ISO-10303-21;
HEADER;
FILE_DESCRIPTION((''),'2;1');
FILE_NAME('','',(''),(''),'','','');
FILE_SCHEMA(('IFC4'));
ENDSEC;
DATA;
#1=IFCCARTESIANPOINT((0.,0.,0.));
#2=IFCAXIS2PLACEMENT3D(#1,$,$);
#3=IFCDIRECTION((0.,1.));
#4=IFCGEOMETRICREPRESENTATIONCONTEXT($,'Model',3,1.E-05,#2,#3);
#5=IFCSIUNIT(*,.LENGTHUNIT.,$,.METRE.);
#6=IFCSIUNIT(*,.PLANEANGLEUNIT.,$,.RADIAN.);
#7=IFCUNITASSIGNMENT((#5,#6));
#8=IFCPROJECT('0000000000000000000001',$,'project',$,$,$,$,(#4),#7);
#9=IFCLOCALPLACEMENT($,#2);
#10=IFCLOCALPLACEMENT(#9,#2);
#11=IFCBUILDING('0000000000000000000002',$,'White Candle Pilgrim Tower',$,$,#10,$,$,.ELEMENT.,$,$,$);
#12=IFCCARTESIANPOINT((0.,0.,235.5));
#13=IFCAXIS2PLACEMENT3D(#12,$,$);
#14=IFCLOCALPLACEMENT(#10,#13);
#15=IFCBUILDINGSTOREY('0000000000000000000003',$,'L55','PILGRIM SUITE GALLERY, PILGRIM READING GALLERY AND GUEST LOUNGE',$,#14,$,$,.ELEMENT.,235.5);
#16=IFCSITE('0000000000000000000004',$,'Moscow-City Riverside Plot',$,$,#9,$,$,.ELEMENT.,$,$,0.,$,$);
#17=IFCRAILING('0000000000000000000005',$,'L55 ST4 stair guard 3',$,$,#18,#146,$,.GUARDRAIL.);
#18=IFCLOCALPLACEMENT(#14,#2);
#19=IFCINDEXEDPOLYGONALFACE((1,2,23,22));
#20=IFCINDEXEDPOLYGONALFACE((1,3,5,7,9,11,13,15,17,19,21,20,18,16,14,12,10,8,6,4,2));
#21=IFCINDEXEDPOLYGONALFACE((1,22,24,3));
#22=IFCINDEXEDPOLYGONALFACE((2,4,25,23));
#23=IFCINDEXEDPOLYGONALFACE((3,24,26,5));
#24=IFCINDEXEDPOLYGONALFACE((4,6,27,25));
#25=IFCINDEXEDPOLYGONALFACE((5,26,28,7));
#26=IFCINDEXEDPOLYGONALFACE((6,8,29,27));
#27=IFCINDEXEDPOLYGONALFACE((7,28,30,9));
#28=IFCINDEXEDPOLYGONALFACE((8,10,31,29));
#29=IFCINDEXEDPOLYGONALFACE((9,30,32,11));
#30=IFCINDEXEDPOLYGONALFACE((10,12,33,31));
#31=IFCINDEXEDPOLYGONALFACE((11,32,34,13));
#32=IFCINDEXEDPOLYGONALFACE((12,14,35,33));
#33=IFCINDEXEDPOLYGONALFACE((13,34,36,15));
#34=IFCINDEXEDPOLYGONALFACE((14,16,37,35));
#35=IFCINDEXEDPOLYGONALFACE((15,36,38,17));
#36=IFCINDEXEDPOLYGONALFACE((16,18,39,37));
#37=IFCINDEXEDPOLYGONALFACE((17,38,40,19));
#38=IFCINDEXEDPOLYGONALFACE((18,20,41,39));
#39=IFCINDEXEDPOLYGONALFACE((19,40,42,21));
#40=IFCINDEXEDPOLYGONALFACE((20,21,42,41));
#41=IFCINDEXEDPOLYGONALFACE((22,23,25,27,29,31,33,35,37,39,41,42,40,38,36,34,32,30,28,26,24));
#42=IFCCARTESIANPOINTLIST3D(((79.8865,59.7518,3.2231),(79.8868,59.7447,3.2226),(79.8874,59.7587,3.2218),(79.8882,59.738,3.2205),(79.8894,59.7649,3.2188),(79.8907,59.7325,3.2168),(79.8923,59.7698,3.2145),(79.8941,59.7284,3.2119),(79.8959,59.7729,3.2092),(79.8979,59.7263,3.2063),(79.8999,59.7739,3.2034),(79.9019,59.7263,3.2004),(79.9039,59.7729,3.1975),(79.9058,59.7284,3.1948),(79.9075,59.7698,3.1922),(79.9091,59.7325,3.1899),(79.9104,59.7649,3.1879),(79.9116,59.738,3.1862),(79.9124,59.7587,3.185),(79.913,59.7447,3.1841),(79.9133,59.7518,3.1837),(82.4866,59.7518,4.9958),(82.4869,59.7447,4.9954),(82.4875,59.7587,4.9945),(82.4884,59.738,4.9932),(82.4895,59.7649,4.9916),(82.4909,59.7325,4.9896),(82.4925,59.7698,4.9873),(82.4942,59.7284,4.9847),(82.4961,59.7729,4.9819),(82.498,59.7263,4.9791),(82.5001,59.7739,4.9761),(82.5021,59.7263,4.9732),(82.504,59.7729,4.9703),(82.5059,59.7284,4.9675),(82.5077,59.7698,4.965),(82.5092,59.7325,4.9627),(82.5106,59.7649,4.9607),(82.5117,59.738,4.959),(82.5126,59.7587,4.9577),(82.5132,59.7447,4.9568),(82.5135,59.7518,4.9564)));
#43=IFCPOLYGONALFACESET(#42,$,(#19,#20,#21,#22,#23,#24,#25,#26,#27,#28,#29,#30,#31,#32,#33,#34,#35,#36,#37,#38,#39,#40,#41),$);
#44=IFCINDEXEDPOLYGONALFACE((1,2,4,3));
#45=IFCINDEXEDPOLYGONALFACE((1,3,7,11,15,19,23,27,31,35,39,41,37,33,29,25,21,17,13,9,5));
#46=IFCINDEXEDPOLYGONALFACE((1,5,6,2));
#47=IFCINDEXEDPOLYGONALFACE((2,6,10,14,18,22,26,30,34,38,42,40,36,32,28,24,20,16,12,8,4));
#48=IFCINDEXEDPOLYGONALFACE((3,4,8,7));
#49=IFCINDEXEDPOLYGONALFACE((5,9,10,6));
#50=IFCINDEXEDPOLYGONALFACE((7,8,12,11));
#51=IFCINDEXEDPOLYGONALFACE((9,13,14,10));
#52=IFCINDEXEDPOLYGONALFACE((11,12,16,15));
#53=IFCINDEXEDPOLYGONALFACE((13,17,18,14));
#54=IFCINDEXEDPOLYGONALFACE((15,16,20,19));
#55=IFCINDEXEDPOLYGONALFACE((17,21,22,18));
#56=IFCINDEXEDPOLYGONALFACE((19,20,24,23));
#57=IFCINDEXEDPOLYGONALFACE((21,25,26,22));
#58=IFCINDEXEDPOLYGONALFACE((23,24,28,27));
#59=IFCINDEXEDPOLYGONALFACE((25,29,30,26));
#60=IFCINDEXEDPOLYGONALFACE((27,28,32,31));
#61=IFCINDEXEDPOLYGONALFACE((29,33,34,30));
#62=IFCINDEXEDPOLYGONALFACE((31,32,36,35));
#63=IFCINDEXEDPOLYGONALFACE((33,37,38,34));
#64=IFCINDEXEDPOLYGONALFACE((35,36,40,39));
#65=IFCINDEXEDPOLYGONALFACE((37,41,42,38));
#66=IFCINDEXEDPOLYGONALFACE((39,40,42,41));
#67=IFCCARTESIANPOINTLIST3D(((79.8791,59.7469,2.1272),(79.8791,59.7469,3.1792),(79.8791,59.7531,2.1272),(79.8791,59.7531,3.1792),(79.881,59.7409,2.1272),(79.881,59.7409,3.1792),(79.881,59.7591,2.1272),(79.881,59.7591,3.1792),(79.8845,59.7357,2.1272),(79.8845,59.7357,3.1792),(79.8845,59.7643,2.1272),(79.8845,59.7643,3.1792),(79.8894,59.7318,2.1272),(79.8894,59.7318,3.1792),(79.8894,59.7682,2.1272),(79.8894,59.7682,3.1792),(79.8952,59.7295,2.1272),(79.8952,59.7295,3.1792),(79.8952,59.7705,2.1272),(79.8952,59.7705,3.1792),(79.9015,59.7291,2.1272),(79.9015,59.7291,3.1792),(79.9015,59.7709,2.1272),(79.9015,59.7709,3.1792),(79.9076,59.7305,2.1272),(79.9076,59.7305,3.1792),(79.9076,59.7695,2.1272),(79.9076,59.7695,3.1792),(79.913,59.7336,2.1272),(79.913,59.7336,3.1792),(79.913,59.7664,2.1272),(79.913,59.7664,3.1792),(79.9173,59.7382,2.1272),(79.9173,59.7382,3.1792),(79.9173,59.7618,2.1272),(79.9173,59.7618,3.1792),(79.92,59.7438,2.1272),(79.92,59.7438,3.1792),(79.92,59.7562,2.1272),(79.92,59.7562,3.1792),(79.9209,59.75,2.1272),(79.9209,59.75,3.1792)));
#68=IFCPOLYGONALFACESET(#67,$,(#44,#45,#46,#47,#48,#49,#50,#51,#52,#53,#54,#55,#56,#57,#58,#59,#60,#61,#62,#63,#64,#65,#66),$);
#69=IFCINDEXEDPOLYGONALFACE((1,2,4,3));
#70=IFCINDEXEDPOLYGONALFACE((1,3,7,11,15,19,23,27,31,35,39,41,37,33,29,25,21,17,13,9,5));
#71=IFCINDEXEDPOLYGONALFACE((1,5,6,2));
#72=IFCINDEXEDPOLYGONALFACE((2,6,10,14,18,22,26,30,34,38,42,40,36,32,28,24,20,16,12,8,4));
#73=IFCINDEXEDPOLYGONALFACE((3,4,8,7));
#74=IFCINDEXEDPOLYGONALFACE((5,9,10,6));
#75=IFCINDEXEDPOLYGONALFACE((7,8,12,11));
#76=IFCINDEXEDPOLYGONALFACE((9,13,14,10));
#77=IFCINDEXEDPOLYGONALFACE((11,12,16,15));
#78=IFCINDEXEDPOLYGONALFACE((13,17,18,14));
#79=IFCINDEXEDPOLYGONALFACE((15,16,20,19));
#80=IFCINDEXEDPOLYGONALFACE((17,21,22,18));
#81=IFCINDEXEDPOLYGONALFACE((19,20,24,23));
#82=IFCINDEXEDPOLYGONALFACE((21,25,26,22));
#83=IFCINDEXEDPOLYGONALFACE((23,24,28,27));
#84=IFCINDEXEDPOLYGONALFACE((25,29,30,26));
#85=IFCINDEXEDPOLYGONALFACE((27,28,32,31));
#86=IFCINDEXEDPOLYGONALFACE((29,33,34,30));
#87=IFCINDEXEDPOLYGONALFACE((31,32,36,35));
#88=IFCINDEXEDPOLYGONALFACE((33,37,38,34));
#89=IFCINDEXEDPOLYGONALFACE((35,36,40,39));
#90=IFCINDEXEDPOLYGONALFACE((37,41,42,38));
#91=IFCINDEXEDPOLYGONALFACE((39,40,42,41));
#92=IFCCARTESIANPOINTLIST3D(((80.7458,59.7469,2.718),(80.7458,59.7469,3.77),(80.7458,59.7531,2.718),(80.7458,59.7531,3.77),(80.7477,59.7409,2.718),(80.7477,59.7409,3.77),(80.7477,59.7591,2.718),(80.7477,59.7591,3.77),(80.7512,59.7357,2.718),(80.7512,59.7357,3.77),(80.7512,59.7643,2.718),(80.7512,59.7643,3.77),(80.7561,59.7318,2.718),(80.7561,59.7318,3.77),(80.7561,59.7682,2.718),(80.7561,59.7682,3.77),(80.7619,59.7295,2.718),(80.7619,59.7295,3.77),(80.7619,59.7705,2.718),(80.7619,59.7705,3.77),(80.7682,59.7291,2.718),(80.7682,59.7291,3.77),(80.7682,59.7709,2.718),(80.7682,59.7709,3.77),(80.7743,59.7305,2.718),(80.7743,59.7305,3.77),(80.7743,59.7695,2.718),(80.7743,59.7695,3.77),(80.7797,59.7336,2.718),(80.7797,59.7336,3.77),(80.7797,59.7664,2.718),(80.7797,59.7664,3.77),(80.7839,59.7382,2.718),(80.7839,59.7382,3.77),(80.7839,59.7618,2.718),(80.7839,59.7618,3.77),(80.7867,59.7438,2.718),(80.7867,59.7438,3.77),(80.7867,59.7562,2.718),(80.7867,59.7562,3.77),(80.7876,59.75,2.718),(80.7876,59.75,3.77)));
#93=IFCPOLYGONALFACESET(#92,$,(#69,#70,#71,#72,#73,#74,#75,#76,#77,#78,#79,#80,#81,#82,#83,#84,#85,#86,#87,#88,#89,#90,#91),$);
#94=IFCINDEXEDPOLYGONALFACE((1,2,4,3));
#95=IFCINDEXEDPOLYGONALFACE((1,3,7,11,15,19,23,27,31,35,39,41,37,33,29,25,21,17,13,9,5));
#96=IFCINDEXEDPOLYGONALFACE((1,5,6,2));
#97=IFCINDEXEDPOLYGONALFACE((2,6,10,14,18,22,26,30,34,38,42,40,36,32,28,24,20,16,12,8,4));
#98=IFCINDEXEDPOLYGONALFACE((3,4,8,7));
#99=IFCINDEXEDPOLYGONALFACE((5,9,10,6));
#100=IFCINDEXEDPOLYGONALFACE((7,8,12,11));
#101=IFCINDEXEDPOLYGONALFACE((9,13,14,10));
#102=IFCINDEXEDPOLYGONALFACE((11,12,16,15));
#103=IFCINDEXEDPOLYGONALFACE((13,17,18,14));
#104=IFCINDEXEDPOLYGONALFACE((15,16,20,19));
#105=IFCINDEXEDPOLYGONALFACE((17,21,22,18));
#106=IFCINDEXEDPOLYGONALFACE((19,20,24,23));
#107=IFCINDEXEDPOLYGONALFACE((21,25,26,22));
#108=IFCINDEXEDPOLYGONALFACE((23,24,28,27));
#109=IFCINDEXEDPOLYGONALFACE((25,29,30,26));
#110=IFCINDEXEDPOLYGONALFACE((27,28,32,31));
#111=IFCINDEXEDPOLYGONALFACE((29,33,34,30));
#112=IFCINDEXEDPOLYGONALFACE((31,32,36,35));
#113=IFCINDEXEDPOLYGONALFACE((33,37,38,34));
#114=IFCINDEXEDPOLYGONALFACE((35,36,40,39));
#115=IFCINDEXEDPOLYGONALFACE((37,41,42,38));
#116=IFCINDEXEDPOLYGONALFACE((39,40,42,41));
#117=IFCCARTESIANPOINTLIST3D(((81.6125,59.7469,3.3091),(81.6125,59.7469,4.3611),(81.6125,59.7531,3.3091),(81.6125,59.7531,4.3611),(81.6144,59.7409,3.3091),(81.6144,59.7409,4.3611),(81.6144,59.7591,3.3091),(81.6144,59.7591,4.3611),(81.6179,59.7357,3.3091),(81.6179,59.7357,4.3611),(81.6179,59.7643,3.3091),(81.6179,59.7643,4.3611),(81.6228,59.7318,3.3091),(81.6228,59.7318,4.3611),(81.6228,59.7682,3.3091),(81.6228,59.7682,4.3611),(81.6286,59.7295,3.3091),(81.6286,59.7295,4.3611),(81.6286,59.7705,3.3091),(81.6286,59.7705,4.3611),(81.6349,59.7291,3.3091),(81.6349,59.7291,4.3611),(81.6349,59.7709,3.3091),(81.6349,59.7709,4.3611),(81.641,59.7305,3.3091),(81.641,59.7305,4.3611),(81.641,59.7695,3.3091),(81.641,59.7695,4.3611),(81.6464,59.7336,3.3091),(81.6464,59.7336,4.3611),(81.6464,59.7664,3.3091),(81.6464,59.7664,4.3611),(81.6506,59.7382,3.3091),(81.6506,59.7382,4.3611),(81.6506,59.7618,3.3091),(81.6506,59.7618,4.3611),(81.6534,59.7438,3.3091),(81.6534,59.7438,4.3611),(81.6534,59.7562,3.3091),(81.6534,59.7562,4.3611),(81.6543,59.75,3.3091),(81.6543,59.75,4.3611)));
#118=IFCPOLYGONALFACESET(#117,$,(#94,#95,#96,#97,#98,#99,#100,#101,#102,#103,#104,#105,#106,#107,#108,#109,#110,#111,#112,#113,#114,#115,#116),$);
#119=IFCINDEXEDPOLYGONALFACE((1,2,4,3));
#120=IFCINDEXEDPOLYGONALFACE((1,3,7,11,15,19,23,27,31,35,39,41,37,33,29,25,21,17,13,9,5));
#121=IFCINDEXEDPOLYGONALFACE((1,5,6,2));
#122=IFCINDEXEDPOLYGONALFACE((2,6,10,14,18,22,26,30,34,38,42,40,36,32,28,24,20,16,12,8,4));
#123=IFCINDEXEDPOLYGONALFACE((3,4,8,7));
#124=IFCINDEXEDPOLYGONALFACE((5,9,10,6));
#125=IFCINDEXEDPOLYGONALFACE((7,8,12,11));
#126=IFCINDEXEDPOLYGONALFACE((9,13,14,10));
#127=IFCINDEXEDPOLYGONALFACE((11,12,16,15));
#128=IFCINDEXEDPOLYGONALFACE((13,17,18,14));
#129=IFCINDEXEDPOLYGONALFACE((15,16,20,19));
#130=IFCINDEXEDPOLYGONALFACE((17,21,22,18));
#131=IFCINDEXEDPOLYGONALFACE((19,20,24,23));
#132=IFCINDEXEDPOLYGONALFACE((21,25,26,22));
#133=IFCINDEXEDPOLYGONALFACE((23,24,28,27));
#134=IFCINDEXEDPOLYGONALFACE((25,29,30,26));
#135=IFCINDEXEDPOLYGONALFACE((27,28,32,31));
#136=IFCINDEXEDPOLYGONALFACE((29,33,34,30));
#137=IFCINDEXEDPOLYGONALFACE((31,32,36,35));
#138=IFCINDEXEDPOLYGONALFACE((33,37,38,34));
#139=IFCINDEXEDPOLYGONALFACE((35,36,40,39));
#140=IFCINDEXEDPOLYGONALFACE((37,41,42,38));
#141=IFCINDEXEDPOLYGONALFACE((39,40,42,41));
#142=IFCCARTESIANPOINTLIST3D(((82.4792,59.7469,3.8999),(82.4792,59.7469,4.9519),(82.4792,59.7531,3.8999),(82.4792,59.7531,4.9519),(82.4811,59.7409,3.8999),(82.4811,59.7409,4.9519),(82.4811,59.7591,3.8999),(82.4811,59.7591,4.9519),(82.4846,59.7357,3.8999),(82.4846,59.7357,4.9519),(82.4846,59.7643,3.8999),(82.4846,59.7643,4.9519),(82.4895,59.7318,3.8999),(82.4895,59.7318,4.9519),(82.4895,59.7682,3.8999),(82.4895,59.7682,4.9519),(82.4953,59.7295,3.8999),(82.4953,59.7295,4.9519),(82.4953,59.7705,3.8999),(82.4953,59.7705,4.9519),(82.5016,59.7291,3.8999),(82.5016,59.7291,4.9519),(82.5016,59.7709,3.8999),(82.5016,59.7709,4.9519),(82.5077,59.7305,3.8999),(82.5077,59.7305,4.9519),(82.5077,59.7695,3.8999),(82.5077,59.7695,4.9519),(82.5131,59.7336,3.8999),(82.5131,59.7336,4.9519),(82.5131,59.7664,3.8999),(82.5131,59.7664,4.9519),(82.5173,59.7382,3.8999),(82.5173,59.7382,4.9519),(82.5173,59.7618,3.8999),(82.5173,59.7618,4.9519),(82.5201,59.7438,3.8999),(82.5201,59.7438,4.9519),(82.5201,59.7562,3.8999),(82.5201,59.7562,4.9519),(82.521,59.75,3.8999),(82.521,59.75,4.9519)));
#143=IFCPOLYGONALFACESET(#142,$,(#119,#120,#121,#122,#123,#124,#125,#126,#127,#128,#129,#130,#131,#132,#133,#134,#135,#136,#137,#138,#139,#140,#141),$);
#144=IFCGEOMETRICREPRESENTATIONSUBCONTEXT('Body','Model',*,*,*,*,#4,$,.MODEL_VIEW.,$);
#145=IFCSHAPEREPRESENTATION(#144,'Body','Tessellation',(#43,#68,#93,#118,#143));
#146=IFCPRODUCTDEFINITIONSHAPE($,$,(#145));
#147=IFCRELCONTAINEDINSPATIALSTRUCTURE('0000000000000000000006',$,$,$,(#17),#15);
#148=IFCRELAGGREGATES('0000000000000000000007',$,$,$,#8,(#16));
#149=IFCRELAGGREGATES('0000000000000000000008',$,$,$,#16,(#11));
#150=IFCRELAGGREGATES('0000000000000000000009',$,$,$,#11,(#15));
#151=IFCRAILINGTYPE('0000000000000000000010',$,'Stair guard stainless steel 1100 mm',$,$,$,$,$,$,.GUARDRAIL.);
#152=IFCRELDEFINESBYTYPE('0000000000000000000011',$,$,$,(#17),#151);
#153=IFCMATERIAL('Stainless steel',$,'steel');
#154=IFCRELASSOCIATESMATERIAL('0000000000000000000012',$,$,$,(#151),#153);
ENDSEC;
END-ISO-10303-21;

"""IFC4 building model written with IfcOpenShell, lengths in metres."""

from ifc_helpers import new_model, si_unit, direction, frame, origin, origin_2d, place, context, subcontext, project, spatial, circle, extrude, material, type_object, element, save


model = new_model("IFC4")

# Units and contexts
model_context = context("Model", 3, precision=1e-05, world=origin(), true_north=direction((0.0, 1.0)))
body_context = subcontext(model_context, "Body", "Model", "MODEL_VIEW")
ifc_project = project(units=[si_unit("LENGTHUNIT", "METRE"), si_unit("PLANEANGLEUNIT", "RADIAN")], contexts=[model_context])

# Site, building, storey
site_placement = place(None, origin())
site = spatial("IfcSite", under=ifc_project, at=site_placement, Name="Moscow-City Riverside Plot", CompositionType="ELEMENT", RefElevation=0.0)
building_placement = place(site_placement, origin())
building = spatial("IfcBuilding", under=site, at=building_placement, Name="White Candle Pilgrim Tower", CompositionType="ELEMENT")
storey_placement = place(building_placement, frame((0.0, 0.0, 235.5)))
storey = spatial("IfcBuildingStorey", under=building, at=storey_placement, Name="L55", Description="PILGRIM SUITE GALLERY, PILGRIM READING GALLERY AND GUEST LOUNGE", CompositionType="ELEMENT", Elevation=235.5)

# Railing
ifc_material_1 = material(Name="Stainless steel", Category="steel")
railing_type_1 = type_object("IfcRailingType", Name="Stair guard stainless steel 1100 mm", PredefinedType="GUARDRAIL", material=ifc_material_1)
railing_1_placement = place(storey_placement, frame((79.8999, 59.75, 2.1272)))
element("IfcRailing", 1, at=railing_1_placement, inside=storey, type_object=railing_type_1, Name="L55 ST4 stair guard 3", PredefinedType="GUARDRAIL", context=body_context, shape_type="SweptSolid", body=[
    extrude(circle(Radius=0.0239, at=origin_2d()), frame((0.0, 0.0, 1.0762), z_axis=(0.82624, 0.0, 0.563318), x_axis=(0.0, 1.0, 0.0)), (0.0, 0.0, 1.0), 3.147),
    extrude(circle(Radius=0.021, at=origin_2d()), origin(), (0.0, 0.0, 1.0), 1.052),
    extrude(circle(Radius=0.021, at=origin_2d()), frame((0.8667, 0.0, 0.5908)), (0.0, 0.0, 1.0), 1.052),
    extrude(circle(Radius=0.021, at=origin_2d()), frame((1.7334, 0.0, 1.1819)), (0.0, 0.0, 1.0), 1.052),
    extrude(circle(Radius=0.021, at=origin_2d()), frame((2.6001, 0.0, 1.7727)), (0.0, 0.0, 1.0), 1.052),
])

save(model, "model.ifc")
